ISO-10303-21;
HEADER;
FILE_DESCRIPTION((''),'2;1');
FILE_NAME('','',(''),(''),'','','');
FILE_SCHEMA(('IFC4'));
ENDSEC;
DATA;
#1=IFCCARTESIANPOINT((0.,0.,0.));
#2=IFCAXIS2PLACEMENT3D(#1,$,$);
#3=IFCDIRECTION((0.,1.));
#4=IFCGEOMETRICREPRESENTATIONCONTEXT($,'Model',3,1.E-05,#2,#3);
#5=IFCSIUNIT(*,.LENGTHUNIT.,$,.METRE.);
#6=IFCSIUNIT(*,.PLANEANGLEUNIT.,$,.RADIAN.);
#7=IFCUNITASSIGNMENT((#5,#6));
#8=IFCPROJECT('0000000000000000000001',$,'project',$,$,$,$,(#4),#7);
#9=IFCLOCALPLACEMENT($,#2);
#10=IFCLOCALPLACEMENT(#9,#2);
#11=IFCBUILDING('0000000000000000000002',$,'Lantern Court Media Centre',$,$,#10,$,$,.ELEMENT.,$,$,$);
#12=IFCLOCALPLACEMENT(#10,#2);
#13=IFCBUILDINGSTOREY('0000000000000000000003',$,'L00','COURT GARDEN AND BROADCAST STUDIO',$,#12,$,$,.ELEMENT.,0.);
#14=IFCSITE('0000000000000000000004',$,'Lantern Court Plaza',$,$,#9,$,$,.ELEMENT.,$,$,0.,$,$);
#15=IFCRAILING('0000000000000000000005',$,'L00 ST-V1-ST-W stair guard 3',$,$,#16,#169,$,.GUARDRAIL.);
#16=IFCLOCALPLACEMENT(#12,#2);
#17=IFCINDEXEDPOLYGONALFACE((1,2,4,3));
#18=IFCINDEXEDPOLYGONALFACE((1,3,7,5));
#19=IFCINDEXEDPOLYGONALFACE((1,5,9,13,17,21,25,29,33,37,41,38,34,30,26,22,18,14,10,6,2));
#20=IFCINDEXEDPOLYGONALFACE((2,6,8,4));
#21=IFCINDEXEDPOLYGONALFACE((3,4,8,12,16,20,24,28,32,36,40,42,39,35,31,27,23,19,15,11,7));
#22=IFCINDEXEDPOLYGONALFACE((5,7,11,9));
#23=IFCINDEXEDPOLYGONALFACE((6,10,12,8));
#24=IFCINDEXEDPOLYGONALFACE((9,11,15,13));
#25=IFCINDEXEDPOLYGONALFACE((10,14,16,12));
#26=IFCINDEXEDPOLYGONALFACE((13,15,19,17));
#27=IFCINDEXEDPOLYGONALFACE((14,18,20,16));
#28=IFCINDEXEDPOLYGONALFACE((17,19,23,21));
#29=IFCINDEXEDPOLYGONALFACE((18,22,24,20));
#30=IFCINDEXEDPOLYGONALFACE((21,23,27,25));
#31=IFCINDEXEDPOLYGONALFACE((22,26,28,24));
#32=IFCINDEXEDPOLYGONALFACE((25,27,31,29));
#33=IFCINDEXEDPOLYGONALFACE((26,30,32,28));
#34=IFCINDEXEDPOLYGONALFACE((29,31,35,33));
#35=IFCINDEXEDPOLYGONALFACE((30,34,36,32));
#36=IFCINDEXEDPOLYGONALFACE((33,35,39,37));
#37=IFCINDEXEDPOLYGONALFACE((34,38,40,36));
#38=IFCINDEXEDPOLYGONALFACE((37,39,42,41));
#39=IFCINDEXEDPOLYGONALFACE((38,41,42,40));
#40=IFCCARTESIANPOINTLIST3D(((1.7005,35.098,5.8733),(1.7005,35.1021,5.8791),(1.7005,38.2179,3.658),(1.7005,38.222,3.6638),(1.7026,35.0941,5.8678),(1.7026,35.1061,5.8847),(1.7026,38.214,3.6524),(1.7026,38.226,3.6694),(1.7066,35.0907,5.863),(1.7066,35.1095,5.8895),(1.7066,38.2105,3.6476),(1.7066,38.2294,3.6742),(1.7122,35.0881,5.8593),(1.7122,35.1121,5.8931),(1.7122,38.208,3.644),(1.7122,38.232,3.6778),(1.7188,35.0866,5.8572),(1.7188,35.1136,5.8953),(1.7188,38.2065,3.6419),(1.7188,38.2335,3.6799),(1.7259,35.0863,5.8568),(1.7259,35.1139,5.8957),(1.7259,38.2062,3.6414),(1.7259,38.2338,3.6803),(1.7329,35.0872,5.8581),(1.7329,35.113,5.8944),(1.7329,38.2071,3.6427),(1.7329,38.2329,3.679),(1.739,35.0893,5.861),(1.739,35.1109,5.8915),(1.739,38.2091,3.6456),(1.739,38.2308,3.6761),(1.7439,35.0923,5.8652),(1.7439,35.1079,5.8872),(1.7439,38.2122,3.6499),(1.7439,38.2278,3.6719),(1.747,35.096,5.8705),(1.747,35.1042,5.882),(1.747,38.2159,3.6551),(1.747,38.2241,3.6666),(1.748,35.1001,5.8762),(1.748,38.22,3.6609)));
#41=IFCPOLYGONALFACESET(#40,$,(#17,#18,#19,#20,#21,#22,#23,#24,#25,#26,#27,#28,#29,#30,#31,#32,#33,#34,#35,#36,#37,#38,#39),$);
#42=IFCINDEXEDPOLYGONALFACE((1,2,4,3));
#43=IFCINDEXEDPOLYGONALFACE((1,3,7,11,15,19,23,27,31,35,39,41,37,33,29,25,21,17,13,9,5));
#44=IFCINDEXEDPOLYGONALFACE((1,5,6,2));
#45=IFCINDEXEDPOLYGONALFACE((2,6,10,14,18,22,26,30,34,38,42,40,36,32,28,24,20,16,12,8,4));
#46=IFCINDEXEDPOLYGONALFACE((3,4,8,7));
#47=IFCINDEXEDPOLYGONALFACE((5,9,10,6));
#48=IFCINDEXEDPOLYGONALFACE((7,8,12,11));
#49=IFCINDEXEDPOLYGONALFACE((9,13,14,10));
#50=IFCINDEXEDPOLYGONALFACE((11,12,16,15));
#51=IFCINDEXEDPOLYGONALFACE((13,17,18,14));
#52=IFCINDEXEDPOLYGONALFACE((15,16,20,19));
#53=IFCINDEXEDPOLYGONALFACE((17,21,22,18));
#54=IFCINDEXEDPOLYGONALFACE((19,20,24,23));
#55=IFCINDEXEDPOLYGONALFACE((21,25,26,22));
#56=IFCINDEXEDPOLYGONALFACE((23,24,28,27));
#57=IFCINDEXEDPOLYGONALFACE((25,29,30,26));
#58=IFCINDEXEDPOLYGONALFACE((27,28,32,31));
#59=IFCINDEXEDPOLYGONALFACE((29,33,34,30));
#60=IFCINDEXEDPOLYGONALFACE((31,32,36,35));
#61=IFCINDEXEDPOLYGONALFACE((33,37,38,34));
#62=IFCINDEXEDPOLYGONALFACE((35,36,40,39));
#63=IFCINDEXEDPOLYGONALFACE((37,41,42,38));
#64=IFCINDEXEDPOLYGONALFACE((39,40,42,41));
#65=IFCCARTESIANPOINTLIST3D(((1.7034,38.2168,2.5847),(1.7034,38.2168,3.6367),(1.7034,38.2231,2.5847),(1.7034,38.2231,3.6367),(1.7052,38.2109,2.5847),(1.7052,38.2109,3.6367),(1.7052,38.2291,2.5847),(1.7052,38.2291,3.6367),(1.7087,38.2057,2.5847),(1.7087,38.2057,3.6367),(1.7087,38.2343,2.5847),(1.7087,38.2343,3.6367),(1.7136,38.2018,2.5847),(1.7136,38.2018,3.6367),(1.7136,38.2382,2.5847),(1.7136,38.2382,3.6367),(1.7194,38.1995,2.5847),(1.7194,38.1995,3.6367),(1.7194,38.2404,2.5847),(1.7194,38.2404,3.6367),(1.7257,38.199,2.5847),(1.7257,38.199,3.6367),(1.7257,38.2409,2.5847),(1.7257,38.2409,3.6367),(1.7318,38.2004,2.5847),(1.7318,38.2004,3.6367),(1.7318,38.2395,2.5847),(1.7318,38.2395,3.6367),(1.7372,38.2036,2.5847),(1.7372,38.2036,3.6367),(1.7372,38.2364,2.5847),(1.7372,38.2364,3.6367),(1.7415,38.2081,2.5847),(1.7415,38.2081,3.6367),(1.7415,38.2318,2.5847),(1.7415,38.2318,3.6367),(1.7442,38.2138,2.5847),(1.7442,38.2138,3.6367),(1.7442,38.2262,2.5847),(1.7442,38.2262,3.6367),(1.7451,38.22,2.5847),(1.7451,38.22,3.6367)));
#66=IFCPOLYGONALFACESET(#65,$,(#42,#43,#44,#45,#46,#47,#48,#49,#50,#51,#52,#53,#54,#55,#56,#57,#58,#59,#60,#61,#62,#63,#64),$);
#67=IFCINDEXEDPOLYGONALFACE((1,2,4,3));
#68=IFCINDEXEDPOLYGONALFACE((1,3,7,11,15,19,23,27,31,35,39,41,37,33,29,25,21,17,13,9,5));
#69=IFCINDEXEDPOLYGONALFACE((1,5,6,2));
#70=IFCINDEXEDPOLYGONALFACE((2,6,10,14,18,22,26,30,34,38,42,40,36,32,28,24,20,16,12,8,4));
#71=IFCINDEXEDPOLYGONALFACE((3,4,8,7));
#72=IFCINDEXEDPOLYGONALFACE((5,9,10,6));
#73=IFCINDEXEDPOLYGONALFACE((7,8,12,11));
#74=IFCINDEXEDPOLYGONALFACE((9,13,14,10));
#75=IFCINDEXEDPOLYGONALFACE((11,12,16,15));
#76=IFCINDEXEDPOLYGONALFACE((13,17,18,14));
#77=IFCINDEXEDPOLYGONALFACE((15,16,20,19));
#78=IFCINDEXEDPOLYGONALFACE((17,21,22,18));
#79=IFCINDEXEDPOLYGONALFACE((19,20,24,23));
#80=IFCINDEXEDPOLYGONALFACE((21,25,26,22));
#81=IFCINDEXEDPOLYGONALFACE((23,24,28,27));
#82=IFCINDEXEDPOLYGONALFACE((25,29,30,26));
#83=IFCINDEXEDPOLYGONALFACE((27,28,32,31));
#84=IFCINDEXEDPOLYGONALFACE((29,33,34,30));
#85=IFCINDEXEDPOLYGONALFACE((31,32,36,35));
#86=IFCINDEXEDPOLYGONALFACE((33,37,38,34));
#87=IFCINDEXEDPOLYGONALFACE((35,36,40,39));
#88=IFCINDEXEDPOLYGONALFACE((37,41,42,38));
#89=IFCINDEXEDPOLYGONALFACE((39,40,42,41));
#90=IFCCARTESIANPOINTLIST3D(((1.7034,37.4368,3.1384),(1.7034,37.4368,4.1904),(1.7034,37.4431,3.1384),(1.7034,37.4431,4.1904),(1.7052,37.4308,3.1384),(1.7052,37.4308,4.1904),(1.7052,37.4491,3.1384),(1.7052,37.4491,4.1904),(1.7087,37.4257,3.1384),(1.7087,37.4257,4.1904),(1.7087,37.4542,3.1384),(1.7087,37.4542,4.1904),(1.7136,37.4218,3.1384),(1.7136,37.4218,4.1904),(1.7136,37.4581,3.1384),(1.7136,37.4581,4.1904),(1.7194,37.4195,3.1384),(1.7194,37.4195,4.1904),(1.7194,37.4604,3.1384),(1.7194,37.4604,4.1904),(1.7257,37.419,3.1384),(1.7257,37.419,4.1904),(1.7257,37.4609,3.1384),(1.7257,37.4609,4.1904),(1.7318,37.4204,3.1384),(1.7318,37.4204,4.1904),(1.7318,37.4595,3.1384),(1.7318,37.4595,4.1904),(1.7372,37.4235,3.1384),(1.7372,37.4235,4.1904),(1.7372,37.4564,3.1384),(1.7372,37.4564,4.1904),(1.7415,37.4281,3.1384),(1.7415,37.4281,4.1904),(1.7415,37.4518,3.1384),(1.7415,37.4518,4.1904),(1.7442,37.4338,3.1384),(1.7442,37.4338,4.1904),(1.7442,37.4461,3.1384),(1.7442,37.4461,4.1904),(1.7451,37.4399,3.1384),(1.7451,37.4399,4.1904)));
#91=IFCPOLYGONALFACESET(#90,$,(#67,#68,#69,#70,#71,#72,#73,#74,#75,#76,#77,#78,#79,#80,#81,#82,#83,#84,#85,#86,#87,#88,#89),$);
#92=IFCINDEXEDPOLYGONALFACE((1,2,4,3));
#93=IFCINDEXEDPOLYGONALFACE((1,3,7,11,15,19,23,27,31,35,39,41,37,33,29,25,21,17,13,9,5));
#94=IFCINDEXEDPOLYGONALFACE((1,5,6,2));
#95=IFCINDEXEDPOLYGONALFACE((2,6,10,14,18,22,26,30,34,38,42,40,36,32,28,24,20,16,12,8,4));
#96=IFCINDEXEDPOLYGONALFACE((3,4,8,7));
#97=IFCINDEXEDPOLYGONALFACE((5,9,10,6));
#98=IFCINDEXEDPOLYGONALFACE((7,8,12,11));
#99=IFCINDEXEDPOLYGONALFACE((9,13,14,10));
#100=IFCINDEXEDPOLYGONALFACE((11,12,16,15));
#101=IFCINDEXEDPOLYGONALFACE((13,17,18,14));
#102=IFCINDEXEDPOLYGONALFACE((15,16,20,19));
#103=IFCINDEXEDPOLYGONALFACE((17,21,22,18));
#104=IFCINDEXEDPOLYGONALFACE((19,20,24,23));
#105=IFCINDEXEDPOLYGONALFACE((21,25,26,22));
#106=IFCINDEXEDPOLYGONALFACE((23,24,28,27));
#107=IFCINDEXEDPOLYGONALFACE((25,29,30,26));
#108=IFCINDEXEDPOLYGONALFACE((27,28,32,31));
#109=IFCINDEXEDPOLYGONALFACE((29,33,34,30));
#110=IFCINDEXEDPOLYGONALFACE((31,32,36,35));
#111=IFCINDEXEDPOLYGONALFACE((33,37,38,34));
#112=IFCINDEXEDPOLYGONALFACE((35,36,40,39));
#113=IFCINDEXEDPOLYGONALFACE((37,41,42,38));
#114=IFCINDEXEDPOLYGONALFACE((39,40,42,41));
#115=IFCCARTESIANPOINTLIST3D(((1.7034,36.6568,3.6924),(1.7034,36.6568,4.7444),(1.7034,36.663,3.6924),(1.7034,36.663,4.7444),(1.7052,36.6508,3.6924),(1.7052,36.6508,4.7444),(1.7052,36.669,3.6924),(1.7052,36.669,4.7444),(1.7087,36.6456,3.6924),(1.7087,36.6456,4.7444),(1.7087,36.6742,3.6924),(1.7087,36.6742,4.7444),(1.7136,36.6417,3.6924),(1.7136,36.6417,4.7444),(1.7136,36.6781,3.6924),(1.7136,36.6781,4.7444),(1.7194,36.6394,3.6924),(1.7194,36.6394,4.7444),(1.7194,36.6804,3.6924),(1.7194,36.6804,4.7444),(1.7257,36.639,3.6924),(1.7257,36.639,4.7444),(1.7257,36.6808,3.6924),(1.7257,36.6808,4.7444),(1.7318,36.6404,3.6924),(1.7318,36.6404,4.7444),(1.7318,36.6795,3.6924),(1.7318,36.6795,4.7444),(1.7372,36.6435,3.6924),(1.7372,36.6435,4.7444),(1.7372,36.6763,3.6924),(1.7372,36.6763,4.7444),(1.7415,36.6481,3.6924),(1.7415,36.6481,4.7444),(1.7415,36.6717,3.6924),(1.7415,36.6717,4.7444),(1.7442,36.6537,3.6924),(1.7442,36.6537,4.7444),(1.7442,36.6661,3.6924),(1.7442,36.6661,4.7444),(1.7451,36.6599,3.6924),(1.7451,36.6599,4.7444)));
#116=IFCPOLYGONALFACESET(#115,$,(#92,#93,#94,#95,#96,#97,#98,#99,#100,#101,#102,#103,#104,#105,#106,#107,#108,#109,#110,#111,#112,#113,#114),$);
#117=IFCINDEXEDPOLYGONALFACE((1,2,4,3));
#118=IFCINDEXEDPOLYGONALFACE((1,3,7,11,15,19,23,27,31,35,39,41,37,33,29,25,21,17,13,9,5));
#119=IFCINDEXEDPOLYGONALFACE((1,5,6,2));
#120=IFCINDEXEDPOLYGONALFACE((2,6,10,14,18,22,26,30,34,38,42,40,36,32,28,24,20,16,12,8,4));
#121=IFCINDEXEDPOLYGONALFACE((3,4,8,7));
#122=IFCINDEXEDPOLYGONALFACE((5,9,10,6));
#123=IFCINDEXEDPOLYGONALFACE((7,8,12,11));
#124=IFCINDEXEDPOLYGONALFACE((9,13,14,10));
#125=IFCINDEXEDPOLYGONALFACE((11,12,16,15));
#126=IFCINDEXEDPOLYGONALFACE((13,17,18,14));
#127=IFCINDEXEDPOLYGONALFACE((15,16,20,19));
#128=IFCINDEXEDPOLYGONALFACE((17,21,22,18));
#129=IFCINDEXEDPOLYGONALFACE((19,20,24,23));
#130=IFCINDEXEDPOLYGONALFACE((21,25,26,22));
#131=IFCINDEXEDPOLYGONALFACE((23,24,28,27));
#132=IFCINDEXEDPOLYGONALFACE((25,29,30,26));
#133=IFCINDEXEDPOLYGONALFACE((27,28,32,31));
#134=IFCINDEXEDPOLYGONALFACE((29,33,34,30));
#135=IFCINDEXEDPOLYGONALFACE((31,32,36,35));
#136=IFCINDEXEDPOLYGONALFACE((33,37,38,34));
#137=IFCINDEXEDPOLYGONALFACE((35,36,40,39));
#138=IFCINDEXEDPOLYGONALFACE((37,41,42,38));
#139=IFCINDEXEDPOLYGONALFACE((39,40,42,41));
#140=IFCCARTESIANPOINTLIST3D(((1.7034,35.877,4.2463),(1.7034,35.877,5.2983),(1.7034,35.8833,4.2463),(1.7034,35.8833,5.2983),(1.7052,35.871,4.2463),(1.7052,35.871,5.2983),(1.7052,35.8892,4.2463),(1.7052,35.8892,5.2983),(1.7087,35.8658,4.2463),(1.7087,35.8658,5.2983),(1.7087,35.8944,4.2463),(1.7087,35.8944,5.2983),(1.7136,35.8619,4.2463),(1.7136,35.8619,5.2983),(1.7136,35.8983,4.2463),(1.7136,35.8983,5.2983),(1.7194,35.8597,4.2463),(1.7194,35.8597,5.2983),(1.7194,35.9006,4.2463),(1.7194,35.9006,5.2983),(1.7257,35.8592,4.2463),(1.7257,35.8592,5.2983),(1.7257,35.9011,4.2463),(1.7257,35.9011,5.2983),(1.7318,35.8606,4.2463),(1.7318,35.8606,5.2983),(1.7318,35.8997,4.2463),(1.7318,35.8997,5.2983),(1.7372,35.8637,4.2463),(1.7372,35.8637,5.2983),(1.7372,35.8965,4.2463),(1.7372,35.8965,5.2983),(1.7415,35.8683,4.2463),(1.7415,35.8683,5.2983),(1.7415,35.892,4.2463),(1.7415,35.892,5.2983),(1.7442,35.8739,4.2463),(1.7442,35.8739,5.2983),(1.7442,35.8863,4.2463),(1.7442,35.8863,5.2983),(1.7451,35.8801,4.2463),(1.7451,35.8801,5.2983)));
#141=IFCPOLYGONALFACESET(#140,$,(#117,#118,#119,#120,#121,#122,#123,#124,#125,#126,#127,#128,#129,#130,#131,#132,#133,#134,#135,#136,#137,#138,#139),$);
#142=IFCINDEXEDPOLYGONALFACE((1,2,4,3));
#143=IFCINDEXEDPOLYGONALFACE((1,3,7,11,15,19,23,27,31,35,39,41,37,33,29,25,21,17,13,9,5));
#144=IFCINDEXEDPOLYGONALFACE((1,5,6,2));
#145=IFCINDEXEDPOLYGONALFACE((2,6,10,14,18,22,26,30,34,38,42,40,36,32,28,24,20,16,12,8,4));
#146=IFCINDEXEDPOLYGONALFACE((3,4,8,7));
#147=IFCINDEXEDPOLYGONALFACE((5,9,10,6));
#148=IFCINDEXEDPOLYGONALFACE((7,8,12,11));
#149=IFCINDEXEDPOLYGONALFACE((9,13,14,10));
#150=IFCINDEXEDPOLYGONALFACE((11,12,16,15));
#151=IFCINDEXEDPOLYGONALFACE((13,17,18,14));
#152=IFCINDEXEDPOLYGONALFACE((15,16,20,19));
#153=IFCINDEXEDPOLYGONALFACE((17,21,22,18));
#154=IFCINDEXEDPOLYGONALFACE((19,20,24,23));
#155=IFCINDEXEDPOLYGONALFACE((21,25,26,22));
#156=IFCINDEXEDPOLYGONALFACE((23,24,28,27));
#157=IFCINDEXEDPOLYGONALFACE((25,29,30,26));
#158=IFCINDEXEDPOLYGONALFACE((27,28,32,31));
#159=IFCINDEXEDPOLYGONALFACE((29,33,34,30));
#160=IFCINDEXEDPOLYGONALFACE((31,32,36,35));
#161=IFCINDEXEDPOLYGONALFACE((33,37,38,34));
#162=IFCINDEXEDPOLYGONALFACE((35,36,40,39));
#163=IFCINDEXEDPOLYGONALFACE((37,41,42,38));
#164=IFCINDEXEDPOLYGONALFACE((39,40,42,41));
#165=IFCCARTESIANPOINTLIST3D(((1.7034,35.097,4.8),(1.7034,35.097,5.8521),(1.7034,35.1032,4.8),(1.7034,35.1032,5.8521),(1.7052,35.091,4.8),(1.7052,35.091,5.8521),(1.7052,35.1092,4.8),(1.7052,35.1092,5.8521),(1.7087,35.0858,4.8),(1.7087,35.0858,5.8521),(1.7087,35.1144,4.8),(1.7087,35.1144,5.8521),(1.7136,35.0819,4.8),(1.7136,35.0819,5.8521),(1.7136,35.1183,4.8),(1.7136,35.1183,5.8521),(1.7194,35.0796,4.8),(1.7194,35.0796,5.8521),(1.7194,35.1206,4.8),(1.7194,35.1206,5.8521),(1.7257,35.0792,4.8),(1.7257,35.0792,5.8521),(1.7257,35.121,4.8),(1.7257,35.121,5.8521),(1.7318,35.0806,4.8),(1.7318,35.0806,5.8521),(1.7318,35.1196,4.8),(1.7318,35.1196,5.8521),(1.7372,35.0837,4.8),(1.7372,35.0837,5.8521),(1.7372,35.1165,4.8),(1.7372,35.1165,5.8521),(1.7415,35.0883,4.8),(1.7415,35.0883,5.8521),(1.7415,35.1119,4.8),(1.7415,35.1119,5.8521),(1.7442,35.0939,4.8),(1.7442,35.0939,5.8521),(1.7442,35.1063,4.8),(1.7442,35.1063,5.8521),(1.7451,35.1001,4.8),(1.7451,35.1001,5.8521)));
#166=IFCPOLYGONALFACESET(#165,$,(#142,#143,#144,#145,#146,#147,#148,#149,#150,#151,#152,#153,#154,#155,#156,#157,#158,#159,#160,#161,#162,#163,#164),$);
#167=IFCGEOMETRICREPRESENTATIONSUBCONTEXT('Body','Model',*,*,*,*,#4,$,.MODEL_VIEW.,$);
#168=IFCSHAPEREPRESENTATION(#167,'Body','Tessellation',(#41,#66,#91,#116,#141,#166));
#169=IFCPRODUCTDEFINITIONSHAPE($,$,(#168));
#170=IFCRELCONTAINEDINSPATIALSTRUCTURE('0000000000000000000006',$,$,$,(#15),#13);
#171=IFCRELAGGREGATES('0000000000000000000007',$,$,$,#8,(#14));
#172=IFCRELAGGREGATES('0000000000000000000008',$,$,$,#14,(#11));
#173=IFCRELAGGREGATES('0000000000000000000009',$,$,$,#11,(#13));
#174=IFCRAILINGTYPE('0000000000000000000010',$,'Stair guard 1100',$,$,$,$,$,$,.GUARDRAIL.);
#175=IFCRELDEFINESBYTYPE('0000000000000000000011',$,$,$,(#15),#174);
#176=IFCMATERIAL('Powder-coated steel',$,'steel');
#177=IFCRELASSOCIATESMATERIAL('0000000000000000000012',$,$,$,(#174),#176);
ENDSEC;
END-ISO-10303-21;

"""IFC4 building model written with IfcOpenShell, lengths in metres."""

from ifc_helpers import new_model, si_unit, direction, frame, origin, origin_2d, place, context, subcontext, project, spatial, circle, extrude, material, type_object, element, save


model = new_model("IFC4")

# Units and contexts
model_context = context("Model", 3, precision=1e-05, world=origin(), true_north=direction((0.0, 1.0)))
body_context = subcontext(model_context, "Body", "Model", "MODEL_VIEW")
ifc_project = project(units=[si_unit("LENGTHUNIT", "METRE"), si_unit("PLANEANGLEUNIT", "RADIAN")], contexts=[model_context])

# Site, building, storey
site_placement = place(None, origin())
site = spatial("IfcSite", under=ifc_project, at=site_placement, Name="Lantern Court Plaza", CompositionType="ELEMENT", RefElevation=0.0)
building_placement = place(site_placement, origin())
building = spatial("IfcBuilding", under=site, at=building_placement, Name="Lantern Court Media Centre", CompositionType="ELEMENT")
storey_placement = place(building_placement, origin())
storey = spatial("IfcBuildingStorey", under=building, at=storey_placement, Name="L00", Description="COURT GARDEN AND BROADCAST STUDIO", CompositionType="ELEMENT", Elevation=0.0)

# Railing
ifc_material_1 = material(Name="Powder-coated steel", Category="steel")
railing_type_1 = type_object("IfcRailingType", Name="Stair guard 1100", PredefinedType="GUARDRAIL", material=ifc_material_1)
railing_1_placement = place(storey_placement, frame((1.7241, 38.22, 2.5847)))
element("IfcRailing", 1, at=railing_1_placement, inside=storey, type_object=railing_type_1, Name="L00 ST-V1-ST-W stair guard 3", PredefinedType="GUARDRAIL", context=body_context, shape_type="SweptSolid", body=[
    extrude(circle(Radius=0.0239, at=origin_2d()), frame((0.0, 0.0, 1.0762), z_axis=(0.0, -0.815356, 0.578961), x_axis=(1.0, 0.0, 0.0)), (0.0, 0.0, 1.0), 3.8264),
    extrude(circle(Radius=0.021, at=origin_2d()), origin(), (0.0, 0.0, 1.0), 1.052),
    extrude(circle(Radius=0.021, at=origin_2d()), frame((0.0, -0.78, 0.5537)), (0.0, 0.0, 1.0), 1.052),
    extrude(circle(Radius=0.021, at=origin_2d()), frame((0.0, -1.5601, 1.1077)), (0.0, 0.0, 1.0), 1.052),
    extrude(circle(Radius=0.021, at=origin_2d()), frame((0.0, -2.3398, 1.6616)), (0.0, 0.0, 1.0), 1.052),
    extrude(circle(Radius=0.021, at=origin_2d()), frame((0.0, -3.1199, 2.2153)), (0.0, 0.0, 1.0), 1.052),
])

save(model, "model.ifc")
